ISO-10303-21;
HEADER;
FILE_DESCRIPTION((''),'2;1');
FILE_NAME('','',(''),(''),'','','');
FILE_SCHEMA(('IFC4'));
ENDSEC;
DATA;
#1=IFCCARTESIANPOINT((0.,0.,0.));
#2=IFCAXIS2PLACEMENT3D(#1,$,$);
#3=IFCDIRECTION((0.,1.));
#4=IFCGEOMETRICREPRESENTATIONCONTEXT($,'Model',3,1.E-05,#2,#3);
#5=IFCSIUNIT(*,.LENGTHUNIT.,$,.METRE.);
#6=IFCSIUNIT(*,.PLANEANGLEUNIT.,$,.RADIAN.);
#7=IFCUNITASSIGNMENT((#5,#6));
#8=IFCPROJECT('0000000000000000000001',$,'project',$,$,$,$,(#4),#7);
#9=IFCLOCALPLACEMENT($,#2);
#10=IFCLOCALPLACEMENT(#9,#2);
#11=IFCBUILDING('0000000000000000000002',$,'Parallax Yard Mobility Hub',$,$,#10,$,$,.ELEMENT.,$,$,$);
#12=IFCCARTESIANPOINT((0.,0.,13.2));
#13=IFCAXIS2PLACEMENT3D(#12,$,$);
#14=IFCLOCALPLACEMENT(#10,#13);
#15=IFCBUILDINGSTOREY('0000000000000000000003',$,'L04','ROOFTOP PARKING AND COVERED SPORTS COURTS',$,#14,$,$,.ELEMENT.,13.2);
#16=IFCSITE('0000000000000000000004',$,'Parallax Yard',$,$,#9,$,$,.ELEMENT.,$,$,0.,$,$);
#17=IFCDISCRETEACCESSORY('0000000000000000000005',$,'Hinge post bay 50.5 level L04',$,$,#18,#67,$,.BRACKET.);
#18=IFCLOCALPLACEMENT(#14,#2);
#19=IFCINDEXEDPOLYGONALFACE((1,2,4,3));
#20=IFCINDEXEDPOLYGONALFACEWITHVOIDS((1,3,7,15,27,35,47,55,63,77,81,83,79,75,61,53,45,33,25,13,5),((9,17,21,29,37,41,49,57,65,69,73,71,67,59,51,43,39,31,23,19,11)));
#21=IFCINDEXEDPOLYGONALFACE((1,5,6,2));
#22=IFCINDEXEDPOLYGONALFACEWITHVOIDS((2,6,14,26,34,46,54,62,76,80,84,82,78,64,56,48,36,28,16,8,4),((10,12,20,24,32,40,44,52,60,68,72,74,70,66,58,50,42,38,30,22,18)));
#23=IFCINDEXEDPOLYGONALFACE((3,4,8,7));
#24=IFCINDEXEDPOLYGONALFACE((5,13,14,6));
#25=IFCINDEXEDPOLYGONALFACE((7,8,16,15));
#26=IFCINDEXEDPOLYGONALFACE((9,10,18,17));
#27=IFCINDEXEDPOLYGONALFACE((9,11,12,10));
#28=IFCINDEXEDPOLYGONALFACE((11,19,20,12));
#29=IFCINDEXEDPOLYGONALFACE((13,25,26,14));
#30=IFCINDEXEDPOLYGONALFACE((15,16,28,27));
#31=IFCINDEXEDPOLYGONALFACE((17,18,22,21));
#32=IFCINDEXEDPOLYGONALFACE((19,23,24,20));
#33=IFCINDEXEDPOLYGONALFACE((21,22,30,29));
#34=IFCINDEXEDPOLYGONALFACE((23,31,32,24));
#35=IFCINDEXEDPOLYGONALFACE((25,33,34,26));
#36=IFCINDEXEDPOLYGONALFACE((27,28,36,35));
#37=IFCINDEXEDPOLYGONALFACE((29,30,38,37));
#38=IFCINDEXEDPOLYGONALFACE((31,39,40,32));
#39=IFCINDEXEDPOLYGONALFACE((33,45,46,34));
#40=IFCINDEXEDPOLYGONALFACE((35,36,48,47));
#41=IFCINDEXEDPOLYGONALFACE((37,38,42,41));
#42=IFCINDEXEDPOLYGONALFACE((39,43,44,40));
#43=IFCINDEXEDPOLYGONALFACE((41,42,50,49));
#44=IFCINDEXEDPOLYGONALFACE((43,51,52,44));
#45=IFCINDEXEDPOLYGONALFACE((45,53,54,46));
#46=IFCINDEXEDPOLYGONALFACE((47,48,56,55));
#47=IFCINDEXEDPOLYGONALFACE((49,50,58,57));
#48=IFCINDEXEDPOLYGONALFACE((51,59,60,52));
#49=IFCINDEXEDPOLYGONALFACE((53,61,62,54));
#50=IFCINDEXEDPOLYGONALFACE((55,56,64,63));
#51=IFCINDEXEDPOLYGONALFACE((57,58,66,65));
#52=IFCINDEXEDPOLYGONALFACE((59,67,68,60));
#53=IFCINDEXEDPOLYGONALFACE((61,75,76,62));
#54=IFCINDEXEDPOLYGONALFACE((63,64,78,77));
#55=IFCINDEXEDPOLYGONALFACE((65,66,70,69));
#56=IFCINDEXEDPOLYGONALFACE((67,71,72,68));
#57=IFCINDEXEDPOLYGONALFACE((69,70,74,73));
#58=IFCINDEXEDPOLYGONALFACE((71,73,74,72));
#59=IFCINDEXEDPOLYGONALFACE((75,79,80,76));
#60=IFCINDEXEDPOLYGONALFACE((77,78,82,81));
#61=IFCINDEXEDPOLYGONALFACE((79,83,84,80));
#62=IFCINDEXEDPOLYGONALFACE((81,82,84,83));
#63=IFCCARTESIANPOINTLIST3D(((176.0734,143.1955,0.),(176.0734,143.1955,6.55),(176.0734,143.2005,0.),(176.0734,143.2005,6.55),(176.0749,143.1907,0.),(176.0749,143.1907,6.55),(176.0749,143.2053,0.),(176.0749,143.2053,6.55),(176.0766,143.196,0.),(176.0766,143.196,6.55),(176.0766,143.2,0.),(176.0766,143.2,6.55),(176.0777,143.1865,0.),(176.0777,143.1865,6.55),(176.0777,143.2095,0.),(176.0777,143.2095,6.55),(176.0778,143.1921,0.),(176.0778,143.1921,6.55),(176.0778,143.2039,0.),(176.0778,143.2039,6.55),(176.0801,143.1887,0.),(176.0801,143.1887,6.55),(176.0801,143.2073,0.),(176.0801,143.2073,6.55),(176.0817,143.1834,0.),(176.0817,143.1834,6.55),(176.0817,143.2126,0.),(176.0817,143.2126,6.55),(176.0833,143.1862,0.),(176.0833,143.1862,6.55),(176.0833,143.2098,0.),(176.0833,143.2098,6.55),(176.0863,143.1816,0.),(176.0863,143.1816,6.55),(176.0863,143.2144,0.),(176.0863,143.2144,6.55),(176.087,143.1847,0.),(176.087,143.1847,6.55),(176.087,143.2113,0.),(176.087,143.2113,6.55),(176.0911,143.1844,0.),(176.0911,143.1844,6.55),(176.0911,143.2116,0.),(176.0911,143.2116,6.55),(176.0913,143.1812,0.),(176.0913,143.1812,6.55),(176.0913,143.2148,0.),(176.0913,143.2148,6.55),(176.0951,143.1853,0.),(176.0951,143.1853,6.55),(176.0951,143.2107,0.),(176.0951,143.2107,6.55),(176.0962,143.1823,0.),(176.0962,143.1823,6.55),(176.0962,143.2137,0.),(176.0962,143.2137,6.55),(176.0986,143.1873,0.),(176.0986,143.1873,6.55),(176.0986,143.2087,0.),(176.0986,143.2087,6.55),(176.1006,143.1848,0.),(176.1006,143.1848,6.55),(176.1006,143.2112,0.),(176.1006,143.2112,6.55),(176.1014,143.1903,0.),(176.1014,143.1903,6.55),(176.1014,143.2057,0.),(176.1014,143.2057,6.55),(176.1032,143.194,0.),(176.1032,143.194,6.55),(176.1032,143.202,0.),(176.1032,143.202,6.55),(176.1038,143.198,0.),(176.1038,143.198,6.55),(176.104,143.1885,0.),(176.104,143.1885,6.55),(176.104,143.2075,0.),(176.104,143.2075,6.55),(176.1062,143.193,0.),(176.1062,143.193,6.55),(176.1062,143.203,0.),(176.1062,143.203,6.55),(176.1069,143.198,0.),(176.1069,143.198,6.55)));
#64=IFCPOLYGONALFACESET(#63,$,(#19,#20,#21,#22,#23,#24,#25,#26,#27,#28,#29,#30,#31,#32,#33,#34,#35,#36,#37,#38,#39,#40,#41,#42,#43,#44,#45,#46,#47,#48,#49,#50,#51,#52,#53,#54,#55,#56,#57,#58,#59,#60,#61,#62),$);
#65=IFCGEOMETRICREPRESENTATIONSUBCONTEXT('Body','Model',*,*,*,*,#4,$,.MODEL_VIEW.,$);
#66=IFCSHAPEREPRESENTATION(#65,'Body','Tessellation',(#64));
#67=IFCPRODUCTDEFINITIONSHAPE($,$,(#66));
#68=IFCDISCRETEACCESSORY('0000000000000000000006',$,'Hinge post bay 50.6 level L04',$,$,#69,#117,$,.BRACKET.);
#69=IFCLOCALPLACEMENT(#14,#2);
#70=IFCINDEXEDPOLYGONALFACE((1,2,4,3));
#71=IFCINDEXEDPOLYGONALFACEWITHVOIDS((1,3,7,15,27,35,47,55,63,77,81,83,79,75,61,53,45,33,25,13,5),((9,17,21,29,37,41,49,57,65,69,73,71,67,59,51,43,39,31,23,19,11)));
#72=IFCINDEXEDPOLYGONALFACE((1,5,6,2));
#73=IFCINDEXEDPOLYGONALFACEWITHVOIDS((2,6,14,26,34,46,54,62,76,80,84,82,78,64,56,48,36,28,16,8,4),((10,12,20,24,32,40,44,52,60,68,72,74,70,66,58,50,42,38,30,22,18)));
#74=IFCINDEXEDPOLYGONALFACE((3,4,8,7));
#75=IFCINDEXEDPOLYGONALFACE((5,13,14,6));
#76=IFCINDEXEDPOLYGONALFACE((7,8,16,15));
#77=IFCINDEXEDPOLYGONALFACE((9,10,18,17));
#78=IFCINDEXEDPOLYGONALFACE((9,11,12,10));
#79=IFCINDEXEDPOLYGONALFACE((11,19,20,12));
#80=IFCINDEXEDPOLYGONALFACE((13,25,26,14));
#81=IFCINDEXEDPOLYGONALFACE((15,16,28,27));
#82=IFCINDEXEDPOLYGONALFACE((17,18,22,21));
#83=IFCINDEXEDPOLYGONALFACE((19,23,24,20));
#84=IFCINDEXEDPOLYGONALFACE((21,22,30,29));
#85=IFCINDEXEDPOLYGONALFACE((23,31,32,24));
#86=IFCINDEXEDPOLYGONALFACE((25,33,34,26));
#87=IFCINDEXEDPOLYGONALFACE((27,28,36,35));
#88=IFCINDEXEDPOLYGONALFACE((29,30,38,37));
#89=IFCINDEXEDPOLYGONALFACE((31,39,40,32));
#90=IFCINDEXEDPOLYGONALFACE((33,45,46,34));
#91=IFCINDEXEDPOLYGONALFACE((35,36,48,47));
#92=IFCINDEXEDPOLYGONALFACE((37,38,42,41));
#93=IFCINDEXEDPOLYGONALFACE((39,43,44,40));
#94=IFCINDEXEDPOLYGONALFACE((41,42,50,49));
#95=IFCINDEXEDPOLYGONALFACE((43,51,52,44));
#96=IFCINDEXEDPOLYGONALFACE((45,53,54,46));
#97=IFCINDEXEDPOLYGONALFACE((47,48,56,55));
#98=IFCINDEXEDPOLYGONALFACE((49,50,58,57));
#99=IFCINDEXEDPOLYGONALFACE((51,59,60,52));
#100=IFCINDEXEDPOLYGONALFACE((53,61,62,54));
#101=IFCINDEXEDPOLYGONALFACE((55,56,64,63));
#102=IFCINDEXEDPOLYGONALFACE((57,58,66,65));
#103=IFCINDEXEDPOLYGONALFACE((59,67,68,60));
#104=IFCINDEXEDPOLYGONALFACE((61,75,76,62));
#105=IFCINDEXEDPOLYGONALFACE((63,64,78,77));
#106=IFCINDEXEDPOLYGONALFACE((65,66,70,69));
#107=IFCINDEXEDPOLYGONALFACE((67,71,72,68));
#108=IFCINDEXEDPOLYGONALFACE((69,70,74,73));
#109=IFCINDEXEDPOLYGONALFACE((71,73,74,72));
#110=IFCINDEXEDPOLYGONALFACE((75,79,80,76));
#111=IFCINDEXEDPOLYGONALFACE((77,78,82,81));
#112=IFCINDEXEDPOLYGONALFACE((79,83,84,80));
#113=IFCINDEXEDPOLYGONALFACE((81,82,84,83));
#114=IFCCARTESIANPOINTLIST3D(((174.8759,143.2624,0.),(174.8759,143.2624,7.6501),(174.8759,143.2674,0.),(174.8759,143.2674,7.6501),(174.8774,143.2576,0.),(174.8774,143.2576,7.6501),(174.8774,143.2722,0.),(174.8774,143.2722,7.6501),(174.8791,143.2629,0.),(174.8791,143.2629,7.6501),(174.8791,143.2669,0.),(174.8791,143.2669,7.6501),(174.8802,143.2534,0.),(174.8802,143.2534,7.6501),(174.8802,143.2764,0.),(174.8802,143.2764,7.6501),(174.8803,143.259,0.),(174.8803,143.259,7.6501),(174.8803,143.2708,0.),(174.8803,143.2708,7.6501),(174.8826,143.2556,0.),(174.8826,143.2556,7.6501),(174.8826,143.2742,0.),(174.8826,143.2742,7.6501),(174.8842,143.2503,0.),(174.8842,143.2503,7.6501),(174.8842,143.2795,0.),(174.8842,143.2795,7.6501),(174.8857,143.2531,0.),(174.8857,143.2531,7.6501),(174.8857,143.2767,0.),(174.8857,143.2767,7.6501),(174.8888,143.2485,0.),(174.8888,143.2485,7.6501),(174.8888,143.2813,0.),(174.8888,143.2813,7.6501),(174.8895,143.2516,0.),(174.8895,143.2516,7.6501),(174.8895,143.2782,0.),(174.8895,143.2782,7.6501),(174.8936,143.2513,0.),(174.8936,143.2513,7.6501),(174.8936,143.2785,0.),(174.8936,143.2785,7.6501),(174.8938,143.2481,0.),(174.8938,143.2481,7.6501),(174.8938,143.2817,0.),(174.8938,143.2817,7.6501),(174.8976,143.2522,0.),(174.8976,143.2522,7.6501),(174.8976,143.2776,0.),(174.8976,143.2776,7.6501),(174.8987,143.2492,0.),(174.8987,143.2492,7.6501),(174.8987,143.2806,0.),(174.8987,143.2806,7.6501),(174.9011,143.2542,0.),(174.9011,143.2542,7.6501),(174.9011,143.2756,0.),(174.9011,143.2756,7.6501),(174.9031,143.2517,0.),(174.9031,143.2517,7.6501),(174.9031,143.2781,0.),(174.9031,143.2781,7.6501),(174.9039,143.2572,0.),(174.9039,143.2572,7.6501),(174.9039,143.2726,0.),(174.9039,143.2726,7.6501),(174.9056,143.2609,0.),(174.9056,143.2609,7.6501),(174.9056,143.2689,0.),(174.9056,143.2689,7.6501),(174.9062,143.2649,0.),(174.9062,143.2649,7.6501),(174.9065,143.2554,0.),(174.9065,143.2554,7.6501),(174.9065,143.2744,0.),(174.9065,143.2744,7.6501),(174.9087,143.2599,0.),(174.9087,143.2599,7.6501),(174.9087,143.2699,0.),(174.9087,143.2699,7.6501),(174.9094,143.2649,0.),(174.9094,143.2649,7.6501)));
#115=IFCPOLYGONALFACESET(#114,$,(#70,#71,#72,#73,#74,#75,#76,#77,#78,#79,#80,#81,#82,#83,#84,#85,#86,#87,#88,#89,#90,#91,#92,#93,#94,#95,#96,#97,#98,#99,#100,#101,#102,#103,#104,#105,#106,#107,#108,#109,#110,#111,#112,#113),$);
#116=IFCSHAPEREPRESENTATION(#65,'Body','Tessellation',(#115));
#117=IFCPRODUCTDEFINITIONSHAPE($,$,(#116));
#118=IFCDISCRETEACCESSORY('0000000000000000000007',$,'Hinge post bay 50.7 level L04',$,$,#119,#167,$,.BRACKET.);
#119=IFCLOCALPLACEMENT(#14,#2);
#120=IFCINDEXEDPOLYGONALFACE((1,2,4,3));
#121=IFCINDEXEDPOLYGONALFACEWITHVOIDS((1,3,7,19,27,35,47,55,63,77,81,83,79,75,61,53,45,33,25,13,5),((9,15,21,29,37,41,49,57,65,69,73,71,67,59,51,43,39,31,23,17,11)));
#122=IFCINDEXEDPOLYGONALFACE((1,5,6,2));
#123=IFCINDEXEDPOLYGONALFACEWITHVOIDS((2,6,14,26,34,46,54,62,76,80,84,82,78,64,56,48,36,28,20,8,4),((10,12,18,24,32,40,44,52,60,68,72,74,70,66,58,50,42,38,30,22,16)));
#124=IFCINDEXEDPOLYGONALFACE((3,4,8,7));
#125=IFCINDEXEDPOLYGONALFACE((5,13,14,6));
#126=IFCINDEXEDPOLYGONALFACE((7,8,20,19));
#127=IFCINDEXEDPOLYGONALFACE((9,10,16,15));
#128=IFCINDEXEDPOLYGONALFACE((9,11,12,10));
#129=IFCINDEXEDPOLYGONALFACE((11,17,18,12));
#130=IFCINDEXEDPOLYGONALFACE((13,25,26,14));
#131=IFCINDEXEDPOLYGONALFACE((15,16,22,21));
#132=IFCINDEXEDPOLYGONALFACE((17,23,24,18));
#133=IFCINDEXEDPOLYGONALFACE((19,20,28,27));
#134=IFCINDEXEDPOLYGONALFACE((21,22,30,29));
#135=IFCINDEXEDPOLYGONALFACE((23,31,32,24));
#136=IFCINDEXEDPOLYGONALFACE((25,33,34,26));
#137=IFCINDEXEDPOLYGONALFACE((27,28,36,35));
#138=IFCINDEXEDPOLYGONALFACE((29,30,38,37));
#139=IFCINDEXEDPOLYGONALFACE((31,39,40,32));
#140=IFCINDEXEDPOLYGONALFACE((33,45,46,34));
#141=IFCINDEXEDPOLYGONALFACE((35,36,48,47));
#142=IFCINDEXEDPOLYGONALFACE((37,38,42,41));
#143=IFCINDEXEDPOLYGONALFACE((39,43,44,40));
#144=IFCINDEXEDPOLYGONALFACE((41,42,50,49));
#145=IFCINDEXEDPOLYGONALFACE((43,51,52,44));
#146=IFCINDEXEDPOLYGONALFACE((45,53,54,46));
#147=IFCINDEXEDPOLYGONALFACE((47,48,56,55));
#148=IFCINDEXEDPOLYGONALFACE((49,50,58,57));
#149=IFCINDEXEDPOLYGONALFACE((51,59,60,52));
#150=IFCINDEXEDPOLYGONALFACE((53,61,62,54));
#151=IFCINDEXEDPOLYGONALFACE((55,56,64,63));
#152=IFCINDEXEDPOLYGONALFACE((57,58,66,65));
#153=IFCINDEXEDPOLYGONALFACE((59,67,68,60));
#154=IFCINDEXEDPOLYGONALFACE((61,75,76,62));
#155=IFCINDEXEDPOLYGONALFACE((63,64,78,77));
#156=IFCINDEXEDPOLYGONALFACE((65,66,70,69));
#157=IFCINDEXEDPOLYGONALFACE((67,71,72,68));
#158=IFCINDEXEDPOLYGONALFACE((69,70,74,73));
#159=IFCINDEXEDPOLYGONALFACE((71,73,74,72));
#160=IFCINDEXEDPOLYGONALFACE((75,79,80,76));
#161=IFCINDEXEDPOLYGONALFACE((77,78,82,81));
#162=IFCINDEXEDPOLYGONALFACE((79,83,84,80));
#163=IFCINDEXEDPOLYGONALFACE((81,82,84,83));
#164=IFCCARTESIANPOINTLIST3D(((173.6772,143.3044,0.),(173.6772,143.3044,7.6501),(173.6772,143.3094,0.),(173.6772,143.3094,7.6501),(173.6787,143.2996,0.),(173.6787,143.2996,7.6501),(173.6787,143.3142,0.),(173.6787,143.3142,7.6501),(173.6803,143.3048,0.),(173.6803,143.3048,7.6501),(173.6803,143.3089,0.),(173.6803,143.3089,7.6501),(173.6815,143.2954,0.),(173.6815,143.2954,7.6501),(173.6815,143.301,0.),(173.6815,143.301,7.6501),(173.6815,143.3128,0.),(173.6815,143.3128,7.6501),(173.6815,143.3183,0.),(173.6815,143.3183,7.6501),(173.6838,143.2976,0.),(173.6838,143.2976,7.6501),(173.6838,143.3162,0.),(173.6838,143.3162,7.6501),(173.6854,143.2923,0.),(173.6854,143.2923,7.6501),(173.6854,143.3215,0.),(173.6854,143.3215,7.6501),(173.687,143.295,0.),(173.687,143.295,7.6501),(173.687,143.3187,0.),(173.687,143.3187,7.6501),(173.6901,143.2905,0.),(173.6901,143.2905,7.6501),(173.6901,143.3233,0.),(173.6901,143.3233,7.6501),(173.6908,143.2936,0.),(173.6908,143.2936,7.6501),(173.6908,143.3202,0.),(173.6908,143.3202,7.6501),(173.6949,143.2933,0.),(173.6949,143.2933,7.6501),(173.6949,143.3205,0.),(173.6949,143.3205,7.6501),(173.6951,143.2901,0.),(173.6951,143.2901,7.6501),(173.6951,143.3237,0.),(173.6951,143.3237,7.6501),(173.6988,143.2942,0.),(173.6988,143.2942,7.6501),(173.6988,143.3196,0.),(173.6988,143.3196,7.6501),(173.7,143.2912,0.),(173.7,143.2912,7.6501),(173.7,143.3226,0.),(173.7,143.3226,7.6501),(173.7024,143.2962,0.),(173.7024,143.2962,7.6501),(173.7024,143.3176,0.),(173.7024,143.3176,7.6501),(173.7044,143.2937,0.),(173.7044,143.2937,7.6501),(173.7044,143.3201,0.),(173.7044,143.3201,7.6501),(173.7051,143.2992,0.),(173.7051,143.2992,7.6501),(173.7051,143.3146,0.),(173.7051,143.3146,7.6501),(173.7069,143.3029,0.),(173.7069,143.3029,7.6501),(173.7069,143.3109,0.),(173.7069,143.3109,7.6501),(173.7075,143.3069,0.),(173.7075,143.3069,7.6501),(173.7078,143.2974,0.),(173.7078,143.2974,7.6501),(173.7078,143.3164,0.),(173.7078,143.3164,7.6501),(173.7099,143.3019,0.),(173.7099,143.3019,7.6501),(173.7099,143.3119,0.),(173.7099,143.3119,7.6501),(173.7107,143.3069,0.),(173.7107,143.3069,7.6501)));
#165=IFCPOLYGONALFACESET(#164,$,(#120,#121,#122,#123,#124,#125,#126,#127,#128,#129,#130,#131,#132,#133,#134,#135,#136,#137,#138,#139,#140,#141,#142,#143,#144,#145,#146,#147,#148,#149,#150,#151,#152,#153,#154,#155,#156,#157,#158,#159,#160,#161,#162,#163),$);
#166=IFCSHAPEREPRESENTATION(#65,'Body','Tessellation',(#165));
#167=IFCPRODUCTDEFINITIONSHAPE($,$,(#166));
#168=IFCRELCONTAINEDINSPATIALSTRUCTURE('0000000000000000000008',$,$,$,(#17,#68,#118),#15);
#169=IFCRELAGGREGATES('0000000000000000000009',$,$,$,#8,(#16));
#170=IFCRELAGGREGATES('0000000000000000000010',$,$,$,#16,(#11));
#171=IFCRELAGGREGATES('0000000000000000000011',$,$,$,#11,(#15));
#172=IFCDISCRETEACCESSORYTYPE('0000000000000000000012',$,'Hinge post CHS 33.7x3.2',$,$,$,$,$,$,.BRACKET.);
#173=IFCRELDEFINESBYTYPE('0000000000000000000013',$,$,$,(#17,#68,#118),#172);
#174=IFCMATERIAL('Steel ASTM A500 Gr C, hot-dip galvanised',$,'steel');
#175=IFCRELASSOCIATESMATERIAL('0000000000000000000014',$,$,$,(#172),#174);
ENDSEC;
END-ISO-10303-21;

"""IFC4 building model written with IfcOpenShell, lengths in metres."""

from ifc_helpers import new_model, si_unit, direction, frame, origin, origin_2d, place, context, subcontext, project, spatial, hollow_circle, extrude, material, material_profile, profile_set, type_object, element, save


model = new_model("IFC4")

# Units and contexts
model_context = context("Model", 3, precision=1e-05, world=origin(), true_north=direction((0.0, 1.0)))
body_context = subcontext(model_context, "Body", "Model", "MODEL_VIEW")
ifc_project = project(units=[si_unit("LENGTHUNIT", "METRE"), si_unit("PLANEANGLEUNIT", "RADIAN")], contexts=[model_context])

# Site, building, storey
site_placement = place(None, origin())
site = spatial("IfcSite", under=ifc_project, at=site_placement, Name="Parallax Yard", CompositionType="ELEMENT", RefElevation=0.0)
building_placement = place(site_placement, origin())
building = spatial("IfcBuilding", under=site, at=building_placement, Name="Parallax Yard Mobility Hub", CompositionType="ELEMENT")
storey_placement = place(building_placement, frame((0.0, 0.0, 13.2)))
storey = spatial("IfcBuildingStorey", under=building, at=storey_placement, Name="L04", Description="ROOFTOP PARKING AND COVERED SPORTS COURTS", CompositionType="ELEMENT", Elevation=13.2)

# Discrete accessories
ifc_material_1 = material(Name="Steel ASTM A500 Gr C, hot-dip galvanised", Category="steel")
ifc_material_profile = material_profile(ifc_material_1, hollow_circle(Radius=0.0168, WallThickness=0.0032, at=origin_2d()), Name="CHS 33.7x3.2")
ifc_profile_set = profile_set([ifc_material_profile], Name="Steel ASTM A500 Gr C, hot-dip galvanised")
discrete_accessory_type_1 = type_object("IfcDiscreteAccessoryType", Name="Hinge post CHS 33.7x3.2", PredefinedType="BRACKET", material=ifc_profile_set)
for number, where, z_axis, x_axis, name in (
    (1, (176.0901, 143.198, 0.0), (0.0, 0.0, 1.0), (1.0, 0.0, 0.0), "Hinge post bay 50.5 level L04"),
):
    element("IfcDiscreteAccessory", number, at=place(storey_placement, frame(where, z_axis=z_axis, x_axis=x_axis)), inside=storey, type_object=discrete_accessory_type_1, Name=name, PredefinedType="BRACKET", context=body_context, shape_type="SweptSolid", body=[
        extrude(hollow_circle(Radius=0.0168, WallThickness=0.0032, at=origin_2d()), origin(), (0.0, 0.0, 1.0), 6.55),
    ])
for number, where, z_axis, x_axis, name in (
    (2, (174.8926, 143.2649, 0.0), (0.0, 0.0, 1.0), (1.0, 0.0, 0.0), "Hinge post bay 50.6 level L04"),
    (3, (173.6938, 143.3069, 0.0), (0.0, 0.0, 1.0), (1.0, 0.0, 0.0), "Hinge post bay 50.7 level L04"),
):
    element("IfcDiscreteAccessory", number, at=place(storey_placement, frame(where, z_axis=z_axis, x_axis=x_axis)), inside=storey, type_object=discrete_accessory_type_1, Name=name, PredefinedType="BRACKET", context=body_context, shape_type="SweptSolid", body=[
        extrude(hollow_circle(Radius=0.0168, WallThickness=0.0032, at=origin_2d()), origin(), (0.0, 0.0, 1.0), 7.6501),
    ])

save(model, "model.ifc")
